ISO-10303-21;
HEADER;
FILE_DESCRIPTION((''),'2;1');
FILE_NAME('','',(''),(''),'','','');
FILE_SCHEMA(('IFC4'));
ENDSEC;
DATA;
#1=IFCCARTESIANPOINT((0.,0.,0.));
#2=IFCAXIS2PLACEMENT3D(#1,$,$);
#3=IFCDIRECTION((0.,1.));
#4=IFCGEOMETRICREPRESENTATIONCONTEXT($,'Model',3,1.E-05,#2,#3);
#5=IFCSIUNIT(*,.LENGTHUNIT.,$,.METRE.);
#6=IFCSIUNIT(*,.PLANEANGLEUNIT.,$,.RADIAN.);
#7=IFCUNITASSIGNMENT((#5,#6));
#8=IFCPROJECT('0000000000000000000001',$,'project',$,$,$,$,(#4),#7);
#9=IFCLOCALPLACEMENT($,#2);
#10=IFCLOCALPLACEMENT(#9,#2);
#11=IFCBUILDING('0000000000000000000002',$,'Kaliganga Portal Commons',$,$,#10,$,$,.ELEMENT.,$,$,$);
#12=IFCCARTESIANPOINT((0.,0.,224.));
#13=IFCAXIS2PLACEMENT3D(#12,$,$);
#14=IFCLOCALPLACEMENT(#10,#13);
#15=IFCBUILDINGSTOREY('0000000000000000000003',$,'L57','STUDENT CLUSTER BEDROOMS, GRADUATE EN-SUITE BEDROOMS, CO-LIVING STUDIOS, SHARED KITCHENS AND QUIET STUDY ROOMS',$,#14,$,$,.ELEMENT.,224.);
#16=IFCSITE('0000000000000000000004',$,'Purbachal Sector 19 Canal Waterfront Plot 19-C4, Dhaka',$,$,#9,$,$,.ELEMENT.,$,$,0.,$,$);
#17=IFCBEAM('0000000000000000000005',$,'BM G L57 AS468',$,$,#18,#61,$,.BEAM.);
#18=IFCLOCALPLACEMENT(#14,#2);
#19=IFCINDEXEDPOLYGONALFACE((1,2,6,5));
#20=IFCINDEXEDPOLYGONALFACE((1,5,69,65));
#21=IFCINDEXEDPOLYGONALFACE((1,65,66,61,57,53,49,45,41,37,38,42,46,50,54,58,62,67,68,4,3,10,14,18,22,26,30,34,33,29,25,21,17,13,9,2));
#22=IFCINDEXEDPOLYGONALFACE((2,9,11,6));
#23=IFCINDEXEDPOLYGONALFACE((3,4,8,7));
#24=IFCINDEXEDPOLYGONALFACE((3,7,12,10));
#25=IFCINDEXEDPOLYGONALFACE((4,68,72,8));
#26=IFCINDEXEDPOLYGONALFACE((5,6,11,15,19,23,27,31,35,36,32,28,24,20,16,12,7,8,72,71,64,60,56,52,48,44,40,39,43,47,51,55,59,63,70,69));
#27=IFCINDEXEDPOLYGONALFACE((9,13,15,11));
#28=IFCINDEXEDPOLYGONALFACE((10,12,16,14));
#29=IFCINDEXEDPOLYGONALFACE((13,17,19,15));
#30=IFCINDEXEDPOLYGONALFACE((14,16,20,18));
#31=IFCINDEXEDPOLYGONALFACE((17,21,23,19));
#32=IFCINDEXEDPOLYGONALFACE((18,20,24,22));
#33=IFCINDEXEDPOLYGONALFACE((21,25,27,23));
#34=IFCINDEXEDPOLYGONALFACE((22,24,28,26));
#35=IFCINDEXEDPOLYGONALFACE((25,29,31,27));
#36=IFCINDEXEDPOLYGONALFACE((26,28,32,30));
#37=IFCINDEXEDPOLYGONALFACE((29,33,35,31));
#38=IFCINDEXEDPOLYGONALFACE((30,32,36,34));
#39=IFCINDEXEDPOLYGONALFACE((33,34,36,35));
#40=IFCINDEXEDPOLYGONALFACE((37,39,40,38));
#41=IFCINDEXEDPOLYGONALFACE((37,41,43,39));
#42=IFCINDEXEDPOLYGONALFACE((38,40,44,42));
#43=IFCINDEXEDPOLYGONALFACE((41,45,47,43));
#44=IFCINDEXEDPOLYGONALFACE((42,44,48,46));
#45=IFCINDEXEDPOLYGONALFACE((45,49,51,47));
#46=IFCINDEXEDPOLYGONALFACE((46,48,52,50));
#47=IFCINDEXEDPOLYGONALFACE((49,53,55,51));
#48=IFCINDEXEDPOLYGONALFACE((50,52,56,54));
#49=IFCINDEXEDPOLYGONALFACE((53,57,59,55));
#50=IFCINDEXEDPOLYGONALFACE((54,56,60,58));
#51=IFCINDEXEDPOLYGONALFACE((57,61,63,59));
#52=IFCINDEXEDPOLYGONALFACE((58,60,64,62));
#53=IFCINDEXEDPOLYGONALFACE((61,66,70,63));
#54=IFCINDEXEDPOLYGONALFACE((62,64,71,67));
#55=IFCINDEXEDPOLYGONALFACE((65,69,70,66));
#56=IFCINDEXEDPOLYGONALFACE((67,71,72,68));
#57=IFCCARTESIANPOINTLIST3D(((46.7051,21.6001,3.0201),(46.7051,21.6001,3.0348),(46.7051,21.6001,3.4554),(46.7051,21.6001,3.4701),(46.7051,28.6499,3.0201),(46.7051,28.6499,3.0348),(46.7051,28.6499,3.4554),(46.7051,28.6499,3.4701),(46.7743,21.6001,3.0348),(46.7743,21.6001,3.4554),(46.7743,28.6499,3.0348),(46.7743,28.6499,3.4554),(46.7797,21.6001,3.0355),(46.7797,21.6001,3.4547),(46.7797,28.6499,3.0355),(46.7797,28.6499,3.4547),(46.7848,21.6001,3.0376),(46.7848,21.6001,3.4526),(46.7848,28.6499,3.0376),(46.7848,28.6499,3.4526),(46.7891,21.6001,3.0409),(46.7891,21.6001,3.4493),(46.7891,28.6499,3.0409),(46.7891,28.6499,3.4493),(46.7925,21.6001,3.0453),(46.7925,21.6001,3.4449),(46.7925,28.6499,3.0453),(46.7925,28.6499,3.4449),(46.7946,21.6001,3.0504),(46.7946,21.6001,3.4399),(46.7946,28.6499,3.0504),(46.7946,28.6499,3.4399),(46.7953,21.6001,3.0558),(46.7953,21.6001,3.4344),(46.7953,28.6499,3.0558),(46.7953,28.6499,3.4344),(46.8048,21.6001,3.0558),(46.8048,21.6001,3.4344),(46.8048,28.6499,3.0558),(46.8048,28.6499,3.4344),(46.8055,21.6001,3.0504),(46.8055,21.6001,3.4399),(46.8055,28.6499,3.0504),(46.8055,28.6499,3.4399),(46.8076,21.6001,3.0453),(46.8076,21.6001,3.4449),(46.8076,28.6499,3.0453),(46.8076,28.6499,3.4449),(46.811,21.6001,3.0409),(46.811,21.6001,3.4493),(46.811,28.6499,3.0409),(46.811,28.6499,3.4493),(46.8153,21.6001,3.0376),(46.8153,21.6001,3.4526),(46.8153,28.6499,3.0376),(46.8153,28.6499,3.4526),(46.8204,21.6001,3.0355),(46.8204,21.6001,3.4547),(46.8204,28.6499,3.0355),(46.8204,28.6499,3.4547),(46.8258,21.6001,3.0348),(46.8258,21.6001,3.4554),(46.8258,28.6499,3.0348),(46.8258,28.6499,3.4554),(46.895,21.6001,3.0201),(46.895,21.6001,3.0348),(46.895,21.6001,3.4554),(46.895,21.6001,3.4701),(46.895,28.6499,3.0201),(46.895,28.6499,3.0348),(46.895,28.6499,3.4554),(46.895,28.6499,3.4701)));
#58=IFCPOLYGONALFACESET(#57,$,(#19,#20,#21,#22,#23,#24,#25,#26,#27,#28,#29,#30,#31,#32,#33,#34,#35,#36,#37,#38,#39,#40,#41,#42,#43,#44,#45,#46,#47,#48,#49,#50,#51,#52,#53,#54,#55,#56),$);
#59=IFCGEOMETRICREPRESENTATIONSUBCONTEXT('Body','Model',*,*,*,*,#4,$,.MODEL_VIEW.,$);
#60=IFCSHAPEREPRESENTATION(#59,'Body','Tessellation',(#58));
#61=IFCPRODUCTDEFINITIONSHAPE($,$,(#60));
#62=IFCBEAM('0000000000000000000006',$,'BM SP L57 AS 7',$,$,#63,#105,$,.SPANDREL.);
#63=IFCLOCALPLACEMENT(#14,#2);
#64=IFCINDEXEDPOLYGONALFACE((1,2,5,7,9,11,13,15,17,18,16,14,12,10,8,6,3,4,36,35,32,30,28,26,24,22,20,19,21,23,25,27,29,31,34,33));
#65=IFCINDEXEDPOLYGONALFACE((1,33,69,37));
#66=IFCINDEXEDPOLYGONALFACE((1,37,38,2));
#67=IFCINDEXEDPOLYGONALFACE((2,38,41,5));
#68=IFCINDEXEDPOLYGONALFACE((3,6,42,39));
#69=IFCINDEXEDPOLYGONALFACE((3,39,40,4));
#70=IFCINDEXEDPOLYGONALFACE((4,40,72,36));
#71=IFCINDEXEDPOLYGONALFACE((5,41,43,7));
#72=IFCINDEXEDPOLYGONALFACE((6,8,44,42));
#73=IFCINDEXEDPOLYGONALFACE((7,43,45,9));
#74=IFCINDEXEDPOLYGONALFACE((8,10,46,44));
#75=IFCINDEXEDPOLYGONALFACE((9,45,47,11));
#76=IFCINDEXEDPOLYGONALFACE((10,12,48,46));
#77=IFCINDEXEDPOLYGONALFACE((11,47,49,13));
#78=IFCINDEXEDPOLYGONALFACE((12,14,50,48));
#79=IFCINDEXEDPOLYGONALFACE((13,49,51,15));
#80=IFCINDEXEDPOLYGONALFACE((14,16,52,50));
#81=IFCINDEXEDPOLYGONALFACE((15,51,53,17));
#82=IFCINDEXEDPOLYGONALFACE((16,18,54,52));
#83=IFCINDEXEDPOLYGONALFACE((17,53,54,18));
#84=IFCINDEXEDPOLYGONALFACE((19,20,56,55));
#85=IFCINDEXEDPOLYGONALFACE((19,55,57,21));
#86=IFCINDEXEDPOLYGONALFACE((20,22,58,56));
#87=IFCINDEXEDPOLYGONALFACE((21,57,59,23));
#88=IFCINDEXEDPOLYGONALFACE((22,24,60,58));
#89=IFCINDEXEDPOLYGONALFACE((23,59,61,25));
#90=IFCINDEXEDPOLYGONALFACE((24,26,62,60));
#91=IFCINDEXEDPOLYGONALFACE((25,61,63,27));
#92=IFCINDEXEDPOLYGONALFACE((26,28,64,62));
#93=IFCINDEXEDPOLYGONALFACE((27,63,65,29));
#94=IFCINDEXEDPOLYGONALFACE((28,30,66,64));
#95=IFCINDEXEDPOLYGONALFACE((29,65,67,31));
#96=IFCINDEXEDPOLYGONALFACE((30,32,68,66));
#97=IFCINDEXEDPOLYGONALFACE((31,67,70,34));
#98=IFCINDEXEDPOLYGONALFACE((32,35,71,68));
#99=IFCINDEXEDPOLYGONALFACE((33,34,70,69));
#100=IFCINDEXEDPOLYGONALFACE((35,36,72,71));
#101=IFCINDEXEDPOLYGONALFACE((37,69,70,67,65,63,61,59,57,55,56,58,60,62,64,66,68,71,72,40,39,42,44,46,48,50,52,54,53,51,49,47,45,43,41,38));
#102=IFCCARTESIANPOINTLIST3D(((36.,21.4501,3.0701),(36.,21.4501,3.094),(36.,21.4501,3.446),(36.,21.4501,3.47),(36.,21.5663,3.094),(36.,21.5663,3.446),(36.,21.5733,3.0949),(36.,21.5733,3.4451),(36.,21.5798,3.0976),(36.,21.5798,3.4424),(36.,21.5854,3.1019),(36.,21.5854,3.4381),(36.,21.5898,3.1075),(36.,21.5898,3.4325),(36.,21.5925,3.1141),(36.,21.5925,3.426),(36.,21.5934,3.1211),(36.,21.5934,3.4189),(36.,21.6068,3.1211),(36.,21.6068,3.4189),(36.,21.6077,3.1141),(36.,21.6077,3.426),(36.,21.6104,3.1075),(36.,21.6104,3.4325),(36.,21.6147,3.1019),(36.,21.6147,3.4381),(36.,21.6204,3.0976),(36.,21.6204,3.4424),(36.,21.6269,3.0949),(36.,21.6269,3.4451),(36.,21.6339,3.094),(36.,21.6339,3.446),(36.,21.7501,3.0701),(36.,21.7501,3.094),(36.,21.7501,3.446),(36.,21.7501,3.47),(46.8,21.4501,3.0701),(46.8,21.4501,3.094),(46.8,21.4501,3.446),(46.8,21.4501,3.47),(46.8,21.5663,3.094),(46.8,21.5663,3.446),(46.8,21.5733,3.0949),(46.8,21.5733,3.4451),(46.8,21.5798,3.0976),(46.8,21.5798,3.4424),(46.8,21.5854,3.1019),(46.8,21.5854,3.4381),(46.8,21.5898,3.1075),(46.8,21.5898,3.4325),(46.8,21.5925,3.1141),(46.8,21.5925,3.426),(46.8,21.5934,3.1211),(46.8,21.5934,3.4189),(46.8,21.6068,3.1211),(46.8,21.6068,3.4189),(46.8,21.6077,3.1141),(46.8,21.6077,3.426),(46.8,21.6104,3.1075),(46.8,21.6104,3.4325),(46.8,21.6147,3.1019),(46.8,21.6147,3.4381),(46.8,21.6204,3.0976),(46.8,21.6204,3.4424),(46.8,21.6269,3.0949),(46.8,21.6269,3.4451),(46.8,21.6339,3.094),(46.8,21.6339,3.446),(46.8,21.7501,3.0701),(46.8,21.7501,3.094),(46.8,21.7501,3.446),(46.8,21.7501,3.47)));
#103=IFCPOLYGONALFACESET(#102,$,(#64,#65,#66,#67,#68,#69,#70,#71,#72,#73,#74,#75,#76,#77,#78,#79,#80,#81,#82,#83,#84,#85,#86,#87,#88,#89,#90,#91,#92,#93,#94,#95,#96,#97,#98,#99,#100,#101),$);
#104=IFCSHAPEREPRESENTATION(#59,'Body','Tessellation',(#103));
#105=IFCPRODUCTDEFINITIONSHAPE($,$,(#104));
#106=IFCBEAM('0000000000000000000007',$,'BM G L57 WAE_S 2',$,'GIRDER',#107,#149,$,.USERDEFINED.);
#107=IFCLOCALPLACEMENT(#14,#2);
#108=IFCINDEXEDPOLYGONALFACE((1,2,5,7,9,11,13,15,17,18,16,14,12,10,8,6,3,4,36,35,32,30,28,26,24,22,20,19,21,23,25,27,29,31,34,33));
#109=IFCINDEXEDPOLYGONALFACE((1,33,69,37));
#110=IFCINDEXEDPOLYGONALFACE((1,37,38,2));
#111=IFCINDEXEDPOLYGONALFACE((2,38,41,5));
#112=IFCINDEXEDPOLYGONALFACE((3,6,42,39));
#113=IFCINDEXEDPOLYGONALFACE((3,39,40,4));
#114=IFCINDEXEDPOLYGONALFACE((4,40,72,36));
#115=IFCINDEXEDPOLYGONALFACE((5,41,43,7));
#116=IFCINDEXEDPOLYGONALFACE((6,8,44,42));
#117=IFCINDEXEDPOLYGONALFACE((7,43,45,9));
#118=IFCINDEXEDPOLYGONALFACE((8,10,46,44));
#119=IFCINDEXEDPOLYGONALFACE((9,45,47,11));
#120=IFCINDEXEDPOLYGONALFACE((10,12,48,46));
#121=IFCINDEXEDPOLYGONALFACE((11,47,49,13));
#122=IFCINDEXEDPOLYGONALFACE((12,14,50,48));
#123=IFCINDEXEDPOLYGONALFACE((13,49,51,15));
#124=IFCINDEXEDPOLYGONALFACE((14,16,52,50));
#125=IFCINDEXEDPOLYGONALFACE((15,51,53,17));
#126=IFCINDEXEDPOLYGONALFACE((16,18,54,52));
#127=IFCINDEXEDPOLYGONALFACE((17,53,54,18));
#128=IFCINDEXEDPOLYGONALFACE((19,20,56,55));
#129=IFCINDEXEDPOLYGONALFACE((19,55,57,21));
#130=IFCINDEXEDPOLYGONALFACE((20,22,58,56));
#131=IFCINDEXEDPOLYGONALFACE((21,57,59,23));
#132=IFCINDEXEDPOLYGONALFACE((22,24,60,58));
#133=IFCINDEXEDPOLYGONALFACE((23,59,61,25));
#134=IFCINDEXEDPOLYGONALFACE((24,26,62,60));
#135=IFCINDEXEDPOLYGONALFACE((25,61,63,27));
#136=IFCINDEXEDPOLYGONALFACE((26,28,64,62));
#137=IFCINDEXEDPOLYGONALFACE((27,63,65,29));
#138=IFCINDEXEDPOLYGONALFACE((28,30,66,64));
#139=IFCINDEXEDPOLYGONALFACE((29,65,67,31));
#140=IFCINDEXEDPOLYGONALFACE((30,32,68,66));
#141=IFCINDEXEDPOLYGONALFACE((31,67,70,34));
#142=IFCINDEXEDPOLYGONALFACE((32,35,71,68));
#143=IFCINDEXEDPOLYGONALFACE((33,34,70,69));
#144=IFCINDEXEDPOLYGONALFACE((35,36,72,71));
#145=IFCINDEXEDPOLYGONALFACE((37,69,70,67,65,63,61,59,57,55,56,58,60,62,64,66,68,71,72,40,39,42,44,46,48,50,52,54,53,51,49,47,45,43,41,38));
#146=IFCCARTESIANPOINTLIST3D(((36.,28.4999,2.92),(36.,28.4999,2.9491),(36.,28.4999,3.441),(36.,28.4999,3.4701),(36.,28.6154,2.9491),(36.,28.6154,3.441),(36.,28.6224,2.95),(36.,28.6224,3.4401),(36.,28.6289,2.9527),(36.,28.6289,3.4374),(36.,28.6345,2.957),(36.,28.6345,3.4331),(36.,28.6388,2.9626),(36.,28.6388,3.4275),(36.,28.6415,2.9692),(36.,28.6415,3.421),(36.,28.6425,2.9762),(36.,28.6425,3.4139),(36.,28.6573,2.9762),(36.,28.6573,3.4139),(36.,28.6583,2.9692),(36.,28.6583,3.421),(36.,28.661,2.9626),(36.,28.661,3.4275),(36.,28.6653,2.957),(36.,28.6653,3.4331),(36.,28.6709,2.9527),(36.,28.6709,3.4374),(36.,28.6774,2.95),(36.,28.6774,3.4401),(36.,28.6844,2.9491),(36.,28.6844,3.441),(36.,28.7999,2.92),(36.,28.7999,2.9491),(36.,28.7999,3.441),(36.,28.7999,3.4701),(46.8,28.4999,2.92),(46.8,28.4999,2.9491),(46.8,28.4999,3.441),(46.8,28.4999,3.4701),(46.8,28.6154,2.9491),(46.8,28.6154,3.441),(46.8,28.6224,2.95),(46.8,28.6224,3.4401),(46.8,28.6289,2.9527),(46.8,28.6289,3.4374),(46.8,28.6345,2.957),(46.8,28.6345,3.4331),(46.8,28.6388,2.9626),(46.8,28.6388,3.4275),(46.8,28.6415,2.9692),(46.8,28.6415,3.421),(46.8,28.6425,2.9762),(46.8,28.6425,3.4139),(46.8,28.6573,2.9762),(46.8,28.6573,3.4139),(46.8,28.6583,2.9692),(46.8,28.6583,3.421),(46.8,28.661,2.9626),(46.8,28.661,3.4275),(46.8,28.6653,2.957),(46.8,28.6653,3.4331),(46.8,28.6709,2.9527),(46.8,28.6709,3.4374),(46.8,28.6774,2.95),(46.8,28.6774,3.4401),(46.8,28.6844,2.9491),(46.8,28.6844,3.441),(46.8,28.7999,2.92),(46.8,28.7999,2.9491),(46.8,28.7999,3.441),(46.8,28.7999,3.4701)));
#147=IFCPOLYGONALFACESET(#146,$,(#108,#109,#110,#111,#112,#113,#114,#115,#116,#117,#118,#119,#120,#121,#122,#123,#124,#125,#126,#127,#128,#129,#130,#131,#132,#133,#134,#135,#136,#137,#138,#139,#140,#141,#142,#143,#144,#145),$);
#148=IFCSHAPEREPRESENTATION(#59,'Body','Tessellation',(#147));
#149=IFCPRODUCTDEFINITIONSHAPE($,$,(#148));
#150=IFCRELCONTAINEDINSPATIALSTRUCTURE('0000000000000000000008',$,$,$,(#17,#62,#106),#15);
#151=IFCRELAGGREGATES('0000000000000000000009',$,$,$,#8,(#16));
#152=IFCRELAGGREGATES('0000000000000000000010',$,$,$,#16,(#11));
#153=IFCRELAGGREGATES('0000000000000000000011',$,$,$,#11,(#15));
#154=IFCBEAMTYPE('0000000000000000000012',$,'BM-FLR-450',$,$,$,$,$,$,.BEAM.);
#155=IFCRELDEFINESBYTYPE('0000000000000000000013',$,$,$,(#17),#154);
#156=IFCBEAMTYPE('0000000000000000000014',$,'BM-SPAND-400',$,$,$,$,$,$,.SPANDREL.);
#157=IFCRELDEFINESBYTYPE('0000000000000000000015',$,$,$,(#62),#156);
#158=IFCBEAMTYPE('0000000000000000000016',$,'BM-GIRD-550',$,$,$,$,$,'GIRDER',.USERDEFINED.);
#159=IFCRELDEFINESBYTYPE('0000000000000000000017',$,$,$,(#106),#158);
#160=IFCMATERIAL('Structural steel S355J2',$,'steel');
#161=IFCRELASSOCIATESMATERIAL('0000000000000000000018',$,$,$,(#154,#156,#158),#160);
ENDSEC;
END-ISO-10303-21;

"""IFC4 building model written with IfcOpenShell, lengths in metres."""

from ifc_helpers import new_model, si_unit, direction, frame, origin, origin_2d, place, context, subcontext, project, spatial, i_section, extrude, source, transform, mapped, material, material_profile, profile_set, type_object, element, save


model = new_model("IFC4")

# Units and contexts
model_context = context("Model", 3, precision=1e-05, world=origin(), true_north=direction((0.0, 1.0)))
body_context = subcontext(model_context, "Body", "Model", "MODEL_VIEW")
ifc_project = project(units=[si_unit("LENGTHUNIT", "METRE"), si_unit("PLANEANGLEUNIT", "RADIAN")], contexts=[model_context])

# Site, building, storey
site_placement = place(None, origin())
site = spatial("IfcSite", under=ifc_project, at=site_placement, Name="Purbachal Sector 19 Canal Waterfront Plot 19-C4, Dhaka", CompositionType="ELEMENT", RefElevation=0.0)
building_placement = place(site_placement, origin())
building = spatial("IfcBuilding", under=site, at=building_placement, Name="Kaliganga Portal Commons", CompositionType="ELEMENT")
storey_placement = place(building_placement, frame((0.0, 0.0, 224.0)))
storey = spatial("IfcBuildingStorey", under=building, at=storey_placement, Name="L57", Description="STUDENT CLUSTER BEDROOMS, GRADUATE EN-SUITE BEDROOMS, CO-LIVING STUDIOS, SHARED KITCHENS AND QUIET STUDY ROOMS", CompositionType="ELEMENT", Elevation=224.0)

# Beams
ifc_material_1 = material(Name="Structural steel S355J2", Category="steel")
ifc_material_profile_1 = material_profile(ifc_material_1, i_section(OverallWidth=0.1899, OverallDepth=0.45, WebThickness=0.0095, FlangeThickness=0.0146, FilletRadius=0.021, at=origin_2d()), Name="IPE 450")
ifc_profile_set_1 = profile_set([ifc_material_profile_1], Name="Structural steel S355J2 wide-flange")
beam_type_1 = type_object("IfcBeamType", Name="BM-FLR-450", PredefinedType="BEAM", material=ifc_profile_set_1)
shared_shape_1 = source(origin(), body_context, "Body", "SweptSolid", [
    extrude(i_section(OverallWidth=0.1899, OverallDepth=0.45, WebThickness=0.0095, FlangeThickness=0.0146, FilletRadius=0.021, at=origin_2d()), origin(), (0.0, 0.0, 1.0), 7.0498),
])
for number, where, z_axis, x_axis, name in (
    (1, (46.8, 21.6001, 3.2451), (0.0, 1.0, 0.0), (-1.0, 0.0, 0.0), "BM G L57 AS468"),
):
    element("IfcBeam", number, at=place(storey_placement, frame(where, z_axis=z_axis, x_axis=x_axis)), inside=storey, type_object=beam_type_1, Name=name, PredefinedType="BEAM", context=body_context, shape_type="MappedRepresentation", body=[
        mapped(shared_shape_1, transform((0.0, 0.0, 0.0), x_axis=(1.0, 0.0, 0.0), y_axis=(0.0, 1.0, 0.0), z_axis=(0.0, 0.0, 1.0), scale=1.0)),
    ])
ifc_material_profile_2 = material_profile(ifc_material_1, i_section(OverallWidth=0.3, OverallDepth=0.3999, WebThickness=0.0134, FlangeThickness=0.0239, FilletRadius=0.0271, at=origin_2d()), Name="HE 400 B")
ifc_profile_set_2 = profile_set([ifc_material_profile_2], Name="Structural steel S355J2 wide-flange")
beam_type_2 = type_object("IfcBeamType", Name="BM-SPAND-400", PredefinedType="SPANDREL", material=ifc_profile_set_2)
shared_shape_2 = source(origin(), body_context, "Body", "SweptSolid", [
    extrude(i_section(OverallWidth=0.3, OverallDepth=0.3999, WebThickness=0.0134, FlangeThickness=0.0239, FilletRadius=0.0271, at=origin_2d()), origin(), (0.0, 0.0, 1.0), 10.8),
])
beam_1_placement = place(storey_placement, frame((36.0, 21.6001, 3.27), z_axis=(1.0, 0.0, 0.0), x_axis=(0.0, 1.0, 0.0)))
element("IfcBeam", 2, at=beam_1_placement, inside=storey, type_object=beam_type_2, Name="BM SP L57 AS 7", PredefinedType="SPANDREL", context=body_context, shape_type="MappedRepresentation", body=[
    mapped(shared_shape_2, transform((0.0, 0.0, 0.0), x_axis=(1.0, 0.0, 0.0), y_axis=(0.0, 1.0, 0.0), z_axis=(0.0, 0.0, 1.0), scale=1.0)),
])
ifc_material_profile_3 = material_profile(ifc_material_1, i_section(OverallWidth=0.3, OverallDepth=0.55, WebThickness=0.0149, FlangeThickness=0.0291, FilletRadius=0.0271, at=origin_2d()), Name="HE 550 B")
ifc_profile_set_3 = profile_set([ifc_material_profile_3], Name="Structural steel S355J2 wide-flange")
beam_type_3 = type_object("IfcBeamType", Name="BM-GIRD-550", ElementType="GIRDER", PredefinedType="USERDEFINED", material=ifc_profile_set_3)
shared_shape_3 = source(origin(), body_context, "Body", "SweptSolid", [
    extrude(i_section(OverallWidth=0.3, OverallDepth=0.55, WebThickness=0.0149, FlangeThickness=0.0291, FilletRadius=0.0271, at=origin_2d()), origin(), (0.0, 0.0, 1.0), 10.8),
])
beam_2_placement = place(storey_placement, frame((36.0, 28.6499, 3.1951), z_axis=(1.0, 0.0, 0.0), x_axis=(0.0, 1.0, 0.0)))
element("IfcBeam", 3, at=beam_2_placement, inside=storey, type_object=beam_type_3, Name="BM G L57 WAE_S 2", ObjectType="GIRDER", PredefinedType="USERDEFINED", context=body_context, shape_type="MappedRepresentation", body=[
    mapped(shared_shape_3, transform((0.0, 0.0, 0.0), x_axis=(1.0, 0.0, 0.0), y_axis=(0.0, 1.0, 0.0), z_axis=(0.0, 0.0, 1.0), scale=1.0)),
])

save(model, "model.ifc")
